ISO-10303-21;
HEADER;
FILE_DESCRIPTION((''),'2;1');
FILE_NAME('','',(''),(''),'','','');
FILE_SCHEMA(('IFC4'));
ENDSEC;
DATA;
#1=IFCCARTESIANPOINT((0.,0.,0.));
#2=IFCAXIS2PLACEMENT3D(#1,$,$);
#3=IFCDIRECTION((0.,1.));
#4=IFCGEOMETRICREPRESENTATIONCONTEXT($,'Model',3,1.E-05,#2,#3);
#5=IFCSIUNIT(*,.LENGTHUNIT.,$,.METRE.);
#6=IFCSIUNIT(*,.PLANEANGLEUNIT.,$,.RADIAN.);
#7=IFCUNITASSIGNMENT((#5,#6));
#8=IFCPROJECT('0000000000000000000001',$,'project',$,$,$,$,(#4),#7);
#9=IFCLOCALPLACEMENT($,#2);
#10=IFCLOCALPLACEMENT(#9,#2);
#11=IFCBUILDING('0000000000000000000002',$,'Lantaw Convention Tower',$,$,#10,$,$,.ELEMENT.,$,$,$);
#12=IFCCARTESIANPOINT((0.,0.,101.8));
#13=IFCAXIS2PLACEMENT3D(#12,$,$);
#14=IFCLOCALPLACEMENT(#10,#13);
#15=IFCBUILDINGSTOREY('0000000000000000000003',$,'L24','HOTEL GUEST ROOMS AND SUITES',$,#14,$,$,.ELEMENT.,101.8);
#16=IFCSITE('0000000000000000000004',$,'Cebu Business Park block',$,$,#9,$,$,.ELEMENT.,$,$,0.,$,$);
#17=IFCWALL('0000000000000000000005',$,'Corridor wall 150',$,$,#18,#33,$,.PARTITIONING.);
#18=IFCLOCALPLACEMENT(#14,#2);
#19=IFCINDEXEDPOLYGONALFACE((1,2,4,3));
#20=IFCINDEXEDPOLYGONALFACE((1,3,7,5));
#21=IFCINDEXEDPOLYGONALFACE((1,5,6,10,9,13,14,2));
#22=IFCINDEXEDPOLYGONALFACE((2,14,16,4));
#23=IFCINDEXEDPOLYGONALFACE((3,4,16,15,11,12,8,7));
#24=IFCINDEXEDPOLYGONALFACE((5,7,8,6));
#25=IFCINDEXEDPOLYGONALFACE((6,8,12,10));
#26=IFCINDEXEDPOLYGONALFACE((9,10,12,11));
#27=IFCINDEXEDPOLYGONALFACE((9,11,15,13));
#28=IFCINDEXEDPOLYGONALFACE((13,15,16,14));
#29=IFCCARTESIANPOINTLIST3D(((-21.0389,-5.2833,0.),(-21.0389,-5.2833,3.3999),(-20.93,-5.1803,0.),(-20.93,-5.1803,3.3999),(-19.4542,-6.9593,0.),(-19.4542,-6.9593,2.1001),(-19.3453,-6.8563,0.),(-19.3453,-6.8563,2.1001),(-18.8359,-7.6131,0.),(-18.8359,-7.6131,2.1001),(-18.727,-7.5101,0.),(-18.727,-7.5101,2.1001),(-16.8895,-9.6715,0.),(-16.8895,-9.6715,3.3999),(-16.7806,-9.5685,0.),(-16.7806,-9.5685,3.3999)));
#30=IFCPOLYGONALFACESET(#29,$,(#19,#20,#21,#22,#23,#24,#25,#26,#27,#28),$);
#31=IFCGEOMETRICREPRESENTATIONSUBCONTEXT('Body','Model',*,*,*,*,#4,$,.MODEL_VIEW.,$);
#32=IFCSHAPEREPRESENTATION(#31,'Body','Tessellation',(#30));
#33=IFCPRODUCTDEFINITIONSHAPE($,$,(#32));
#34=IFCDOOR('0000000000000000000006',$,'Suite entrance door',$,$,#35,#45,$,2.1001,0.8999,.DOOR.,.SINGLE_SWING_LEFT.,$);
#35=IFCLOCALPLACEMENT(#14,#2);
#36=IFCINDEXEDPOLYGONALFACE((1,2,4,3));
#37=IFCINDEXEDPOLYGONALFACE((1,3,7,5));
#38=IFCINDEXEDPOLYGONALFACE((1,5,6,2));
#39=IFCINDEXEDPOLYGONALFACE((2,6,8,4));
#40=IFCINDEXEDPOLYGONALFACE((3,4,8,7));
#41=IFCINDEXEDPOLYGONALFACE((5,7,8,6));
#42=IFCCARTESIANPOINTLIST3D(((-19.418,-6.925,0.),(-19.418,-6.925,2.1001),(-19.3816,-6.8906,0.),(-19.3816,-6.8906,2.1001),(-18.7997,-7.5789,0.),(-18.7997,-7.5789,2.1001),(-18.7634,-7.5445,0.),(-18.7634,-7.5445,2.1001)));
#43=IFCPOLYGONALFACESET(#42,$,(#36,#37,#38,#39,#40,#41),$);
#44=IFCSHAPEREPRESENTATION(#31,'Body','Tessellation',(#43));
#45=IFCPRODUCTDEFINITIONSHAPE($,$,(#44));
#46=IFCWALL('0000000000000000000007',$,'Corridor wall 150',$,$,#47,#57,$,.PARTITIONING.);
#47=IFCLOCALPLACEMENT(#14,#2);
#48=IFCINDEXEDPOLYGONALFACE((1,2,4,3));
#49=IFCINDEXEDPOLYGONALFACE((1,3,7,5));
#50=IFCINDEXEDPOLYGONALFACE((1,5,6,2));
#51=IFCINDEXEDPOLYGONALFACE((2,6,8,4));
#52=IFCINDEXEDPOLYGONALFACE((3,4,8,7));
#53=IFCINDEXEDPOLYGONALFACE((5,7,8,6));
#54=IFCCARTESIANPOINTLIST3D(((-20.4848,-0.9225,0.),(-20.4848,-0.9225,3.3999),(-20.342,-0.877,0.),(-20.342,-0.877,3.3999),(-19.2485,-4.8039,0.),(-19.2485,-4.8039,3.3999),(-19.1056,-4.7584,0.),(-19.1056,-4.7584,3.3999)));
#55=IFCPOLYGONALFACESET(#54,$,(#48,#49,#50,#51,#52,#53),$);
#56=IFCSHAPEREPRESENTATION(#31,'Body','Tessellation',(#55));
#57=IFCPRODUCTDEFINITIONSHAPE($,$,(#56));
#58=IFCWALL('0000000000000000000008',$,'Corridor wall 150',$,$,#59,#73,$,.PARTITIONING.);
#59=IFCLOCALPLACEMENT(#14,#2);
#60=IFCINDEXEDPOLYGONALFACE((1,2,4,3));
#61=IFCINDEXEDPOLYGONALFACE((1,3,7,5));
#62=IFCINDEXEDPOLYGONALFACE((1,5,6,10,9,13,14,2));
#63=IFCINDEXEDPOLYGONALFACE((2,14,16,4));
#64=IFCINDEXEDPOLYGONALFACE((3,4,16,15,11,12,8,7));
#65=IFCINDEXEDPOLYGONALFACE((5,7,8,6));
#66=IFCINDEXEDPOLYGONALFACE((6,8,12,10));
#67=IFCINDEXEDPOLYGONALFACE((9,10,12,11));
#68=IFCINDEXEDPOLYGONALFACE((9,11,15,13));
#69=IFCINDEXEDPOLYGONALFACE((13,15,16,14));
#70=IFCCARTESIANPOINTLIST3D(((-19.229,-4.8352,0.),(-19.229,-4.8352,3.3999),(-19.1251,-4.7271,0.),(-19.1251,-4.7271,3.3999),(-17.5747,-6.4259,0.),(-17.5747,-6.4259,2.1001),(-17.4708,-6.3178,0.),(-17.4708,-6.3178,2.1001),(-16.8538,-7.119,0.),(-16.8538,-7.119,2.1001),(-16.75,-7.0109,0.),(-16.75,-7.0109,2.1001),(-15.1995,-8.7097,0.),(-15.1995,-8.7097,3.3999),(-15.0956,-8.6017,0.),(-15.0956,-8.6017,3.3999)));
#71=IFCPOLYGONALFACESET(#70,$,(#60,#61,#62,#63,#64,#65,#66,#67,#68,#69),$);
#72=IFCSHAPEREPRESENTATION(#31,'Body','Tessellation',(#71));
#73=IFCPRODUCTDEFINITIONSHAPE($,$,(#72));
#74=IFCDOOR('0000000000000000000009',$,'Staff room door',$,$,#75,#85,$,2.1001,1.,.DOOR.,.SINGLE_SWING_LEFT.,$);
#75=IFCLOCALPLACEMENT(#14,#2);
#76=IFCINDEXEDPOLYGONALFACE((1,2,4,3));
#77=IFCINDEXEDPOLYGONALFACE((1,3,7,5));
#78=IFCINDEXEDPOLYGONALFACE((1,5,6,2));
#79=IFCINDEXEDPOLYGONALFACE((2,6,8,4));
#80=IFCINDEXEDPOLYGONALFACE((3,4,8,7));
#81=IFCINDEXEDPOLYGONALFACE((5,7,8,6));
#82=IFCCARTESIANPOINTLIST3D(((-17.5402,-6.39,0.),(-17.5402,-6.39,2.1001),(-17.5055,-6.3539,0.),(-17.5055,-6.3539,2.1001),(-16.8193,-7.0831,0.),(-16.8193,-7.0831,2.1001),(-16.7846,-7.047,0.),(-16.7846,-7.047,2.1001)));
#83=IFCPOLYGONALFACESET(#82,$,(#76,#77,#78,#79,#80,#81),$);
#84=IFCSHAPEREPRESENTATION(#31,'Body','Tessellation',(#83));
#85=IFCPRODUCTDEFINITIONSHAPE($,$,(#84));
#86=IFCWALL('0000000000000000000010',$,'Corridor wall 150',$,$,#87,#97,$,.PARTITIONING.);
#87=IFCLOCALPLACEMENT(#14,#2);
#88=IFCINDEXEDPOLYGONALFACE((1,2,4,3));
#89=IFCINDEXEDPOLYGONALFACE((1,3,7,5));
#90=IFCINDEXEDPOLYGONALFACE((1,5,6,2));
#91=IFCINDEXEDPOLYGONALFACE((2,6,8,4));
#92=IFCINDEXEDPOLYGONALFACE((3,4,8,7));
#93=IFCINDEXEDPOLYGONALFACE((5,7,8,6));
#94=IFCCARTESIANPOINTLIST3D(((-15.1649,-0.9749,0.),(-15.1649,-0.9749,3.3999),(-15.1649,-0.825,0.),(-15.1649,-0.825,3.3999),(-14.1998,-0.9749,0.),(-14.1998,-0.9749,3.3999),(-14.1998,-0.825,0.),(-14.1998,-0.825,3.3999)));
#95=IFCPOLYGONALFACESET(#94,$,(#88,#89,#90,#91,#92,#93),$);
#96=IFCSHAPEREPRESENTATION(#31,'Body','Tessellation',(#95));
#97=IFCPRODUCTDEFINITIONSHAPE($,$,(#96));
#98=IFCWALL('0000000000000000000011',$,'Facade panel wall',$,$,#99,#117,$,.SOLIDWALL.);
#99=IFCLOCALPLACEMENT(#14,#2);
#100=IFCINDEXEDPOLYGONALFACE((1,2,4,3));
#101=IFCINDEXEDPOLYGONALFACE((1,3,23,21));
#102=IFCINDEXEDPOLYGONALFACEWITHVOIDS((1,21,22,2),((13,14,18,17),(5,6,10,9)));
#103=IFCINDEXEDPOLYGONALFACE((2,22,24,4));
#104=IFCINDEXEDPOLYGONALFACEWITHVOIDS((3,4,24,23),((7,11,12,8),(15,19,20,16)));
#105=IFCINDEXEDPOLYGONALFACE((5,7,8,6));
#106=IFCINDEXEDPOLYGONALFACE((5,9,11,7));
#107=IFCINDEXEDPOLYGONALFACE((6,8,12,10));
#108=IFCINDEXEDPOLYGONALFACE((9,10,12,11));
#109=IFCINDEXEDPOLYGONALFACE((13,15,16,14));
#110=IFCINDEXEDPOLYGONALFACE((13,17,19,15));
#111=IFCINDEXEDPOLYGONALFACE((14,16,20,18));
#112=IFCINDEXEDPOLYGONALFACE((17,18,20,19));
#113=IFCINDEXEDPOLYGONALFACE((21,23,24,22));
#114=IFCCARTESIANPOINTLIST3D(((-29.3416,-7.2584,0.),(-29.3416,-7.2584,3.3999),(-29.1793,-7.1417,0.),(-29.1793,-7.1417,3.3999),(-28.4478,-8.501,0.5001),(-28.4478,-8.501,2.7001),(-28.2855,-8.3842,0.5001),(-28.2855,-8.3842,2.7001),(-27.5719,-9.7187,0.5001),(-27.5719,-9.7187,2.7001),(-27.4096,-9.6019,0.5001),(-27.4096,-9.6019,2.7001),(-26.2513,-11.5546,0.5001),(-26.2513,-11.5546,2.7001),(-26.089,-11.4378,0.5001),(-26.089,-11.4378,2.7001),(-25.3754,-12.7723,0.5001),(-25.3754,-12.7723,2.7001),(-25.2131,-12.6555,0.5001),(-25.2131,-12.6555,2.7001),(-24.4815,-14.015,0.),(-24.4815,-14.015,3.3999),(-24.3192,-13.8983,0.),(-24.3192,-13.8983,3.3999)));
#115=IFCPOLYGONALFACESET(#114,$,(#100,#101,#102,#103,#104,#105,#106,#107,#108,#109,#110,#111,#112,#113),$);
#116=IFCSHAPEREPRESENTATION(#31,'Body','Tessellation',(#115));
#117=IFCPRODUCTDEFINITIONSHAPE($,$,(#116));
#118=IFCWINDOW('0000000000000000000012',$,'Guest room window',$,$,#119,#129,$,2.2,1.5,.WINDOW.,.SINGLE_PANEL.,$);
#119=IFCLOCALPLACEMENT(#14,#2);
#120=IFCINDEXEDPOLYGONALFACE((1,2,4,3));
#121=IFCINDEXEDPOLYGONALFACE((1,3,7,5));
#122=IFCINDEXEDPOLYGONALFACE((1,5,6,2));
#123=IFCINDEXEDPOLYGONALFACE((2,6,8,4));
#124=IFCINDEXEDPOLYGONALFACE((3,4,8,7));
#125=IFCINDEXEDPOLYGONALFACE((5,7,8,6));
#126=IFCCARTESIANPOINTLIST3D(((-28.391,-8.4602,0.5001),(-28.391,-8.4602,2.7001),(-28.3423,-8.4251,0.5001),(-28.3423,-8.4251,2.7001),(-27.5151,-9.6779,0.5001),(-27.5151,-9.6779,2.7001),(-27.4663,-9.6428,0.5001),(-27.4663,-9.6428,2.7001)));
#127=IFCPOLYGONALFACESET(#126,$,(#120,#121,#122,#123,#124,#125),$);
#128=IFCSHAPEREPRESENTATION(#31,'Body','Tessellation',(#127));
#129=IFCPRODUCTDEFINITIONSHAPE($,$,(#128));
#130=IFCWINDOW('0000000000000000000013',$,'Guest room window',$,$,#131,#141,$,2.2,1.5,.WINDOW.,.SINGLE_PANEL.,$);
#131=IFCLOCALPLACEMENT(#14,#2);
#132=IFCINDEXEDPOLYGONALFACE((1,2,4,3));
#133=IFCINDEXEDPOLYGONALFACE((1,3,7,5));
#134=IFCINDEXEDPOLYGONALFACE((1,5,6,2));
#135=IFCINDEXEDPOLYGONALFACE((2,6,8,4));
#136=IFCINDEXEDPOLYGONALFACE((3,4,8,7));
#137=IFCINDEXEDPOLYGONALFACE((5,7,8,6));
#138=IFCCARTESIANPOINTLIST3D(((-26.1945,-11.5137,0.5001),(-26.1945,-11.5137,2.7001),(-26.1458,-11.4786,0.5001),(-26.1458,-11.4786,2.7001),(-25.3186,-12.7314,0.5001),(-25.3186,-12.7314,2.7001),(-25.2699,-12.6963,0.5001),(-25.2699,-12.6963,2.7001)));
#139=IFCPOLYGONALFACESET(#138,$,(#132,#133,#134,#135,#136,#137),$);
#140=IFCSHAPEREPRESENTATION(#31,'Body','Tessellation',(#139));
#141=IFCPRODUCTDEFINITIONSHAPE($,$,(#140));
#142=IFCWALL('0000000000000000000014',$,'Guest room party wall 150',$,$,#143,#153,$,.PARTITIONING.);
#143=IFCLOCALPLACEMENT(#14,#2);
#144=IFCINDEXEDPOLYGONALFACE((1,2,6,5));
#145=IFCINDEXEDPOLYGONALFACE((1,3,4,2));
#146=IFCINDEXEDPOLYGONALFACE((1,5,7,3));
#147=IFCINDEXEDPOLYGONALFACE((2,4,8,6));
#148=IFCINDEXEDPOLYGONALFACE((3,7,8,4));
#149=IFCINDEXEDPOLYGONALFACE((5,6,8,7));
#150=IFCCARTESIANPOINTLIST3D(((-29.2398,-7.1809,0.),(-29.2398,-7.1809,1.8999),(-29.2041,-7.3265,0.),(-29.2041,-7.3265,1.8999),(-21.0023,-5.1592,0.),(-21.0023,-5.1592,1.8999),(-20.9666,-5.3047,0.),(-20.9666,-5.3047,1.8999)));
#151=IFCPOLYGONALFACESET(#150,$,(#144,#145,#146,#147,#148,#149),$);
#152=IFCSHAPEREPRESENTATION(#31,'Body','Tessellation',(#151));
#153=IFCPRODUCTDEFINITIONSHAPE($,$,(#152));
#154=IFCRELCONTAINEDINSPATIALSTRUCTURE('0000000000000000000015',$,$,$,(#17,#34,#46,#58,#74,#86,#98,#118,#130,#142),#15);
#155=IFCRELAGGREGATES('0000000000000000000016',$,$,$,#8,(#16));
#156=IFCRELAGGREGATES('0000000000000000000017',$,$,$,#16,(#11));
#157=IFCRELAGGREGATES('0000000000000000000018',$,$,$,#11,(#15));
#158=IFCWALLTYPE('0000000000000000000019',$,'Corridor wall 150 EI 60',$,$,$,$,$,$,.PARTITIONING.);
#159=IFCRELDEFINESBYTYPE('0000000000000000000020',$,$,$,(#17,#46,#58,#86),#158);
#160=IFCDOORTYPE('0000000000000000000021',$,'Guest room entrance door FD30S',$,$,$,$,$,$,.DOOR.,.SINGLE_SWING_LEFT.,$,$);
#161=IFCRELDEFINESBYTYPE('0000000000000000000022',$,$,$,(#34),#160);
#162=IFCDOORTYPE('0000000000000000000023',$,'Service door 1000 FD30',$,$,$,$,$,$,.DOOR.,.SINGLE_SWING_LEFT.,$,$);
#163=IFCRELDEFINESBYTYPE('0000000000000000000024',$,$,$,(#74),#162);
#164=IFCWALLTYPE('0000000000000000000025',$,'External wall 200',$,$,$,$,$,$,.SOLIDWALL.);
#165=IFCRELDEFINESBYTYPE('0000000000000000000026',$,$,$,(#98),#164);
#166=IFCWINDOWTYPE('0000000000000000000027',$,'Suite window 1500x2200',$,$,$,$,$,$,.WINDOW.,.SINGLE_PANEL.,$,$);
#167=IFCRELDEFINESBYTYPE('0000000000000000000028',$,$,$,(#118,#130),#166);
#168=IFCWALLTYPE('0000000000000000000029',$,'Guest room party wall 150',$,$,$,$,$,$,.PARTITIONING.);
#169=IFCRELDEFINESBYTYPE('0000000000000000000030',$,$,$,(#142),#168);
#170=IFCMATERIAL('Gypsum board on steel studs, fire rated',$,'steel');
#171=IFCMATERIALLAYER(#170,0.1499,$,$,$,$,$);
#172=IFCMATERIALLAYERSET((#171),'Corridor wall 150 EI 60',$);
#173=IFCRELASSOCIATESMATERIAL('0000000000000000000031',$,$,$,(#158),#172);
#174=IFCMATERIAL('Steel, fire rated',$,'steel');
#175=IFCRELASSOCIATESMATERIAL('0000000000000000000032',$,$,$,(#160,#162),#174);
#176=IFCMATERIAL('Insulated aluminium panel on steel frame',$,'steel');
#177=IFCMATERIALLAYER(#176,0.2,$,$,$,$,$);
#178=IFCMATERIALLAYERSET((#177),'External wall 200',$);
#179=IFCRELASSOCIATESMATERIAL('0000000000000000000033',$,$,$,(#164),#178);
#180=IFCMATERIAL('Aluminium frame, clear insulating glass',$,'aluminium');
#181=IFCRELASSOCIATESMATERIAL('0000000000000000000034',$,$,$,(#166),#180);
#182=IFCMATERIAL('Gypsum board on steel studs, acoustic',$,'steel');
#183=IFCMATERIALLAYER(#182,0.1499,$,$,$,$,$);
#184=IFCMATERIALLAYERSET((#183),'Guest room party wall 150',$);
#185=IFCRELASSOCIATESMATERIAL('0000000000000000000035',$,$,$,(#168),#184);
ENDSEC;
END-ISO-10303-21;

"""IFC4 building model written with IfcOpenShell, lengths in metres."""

from ifc_helpers import new_model, si_unit, direction, frame, frame_2d, origin, place, context, subcontext, project, spatial, rectangle, extrude, material, layer, layer_set, type_object, element, fill, save


model = new_model("IFC4")

# Units and contexts
model_context = context("Model", 3, precision=1e-05, world=origin(), true_north=direction((0.0, 1.0)))
body_context = subcontext(model_context, "Body", "Model", "MODEL_VIEW")
ifc_project = project(units=[si_unit("LENGTHUNIT", "METRE"), si_unit("PLANEANGLEUNIT", "RADIAN")], contexts=[model_context])

# Site, building, storey
site_placement = place(None, origin())
site = spatial("IfcSite", under=ifc_project, at=site_placement, Name="Cebu Business Park block", CompositionType="ELEMENT", RefElevation=0.0)
building_placement = place(site_placement, origin())
building = spatial("IfcBuilding", under=site, at=building_placement, Name="Lantaw Convention Tower", CompositionType="ELEMENT")
storey_placement = place(building_placement, frame((0.0, 0.0, 101.8)))
storey = spatial("IfcBuildingStorey", under=building, at=storey_placement, Name="L24", Description="HOTEL GUEST ROOMS AND SUITES", CompositionType="ELEMENT", Elevation=101.8)

# Wall, opening, door
ifc_material_1 = material(Name="Gypsum board on steel studs, fire rated", Category="steel")
ifc_layer_1 = layer(ifc_material_1, 0.1499)
ifc_layer_set_1 = layer_set([ifc_layer_1], Name="Corridor wall 150 EI 60")
wall_type_1 = type_object("IfcWallType", Name="Corridor wall 150 EI 60", PredefinedType="PARTITIONING", material=ifc_layer_set_1)
ifc_material_2 = material(Name="Steel, fire rated", Category="steel")
door_type_1 = type_object("IfcDoorType", Name="Guest room entrance door FD30S", OperationType="SINGLE_SWING_LEFT", PredefinedType="DOOR", material=ifc_material_2)
wall_1_placement = place(storey_placement, frame((-20.9844, -5.2319, 0.0), z_axis=(0.0, 0.0, 1.0), x_axis=(0.687063, -0.726598, 0.0)))
wall_1 = element("IfcWall", 1, at=wall_1_placement, inside=storey, type_object=wall_type_1, Name="Corridor wall 150", PredefinedType="PARTITIONING", context=body_context, shape_type="SweptSolid", body=[
    extrude(rectangle(XDim=6.0393, YDim=0.1499, at=frame_2d((3.0195, 0.0))), origin(), (0.0, 0.0, 1.0), 3.3999),
])
opening_1_placement = place(wall_1_placement, frame((2.3064, 0.0, 0.0)))
opening_1 = element("IfcOpeningElement", 2, at=opening_1_placement, cuts=wall_1, PredefinedType="OPENING", context=body_context, shape_type="SweptSolid", body=[
    extrude(rectangle(XDim=0.8999, YDim=2.1001, at=frame_2d((0.45, 1.05))), frame((0.0, 0.085, 0.0), z_axis=(0.0, -1.0, 0.0), x_axis=(1.0, 0.0, 0.0)), (0.0, 0.0, 1.0), 0.1699),
])
door_1_placement = place(opening_1_placement, origin())
door_1 = element("IfcDoor", 3, at=door_1_placement, inside=storey, type_object=door_type_1, Name="Suite entrance door", OperationType="SINGLE_SWING_LEFT", OverallHeight=2.1001, OverallWidth=0.8999, PredefinedType="DOOR", context=body_context, shape_type="SweptSolid", body=[
    extrude(rectangle(XDim=0.8999, YDim=2.1001, at=frame_2d((0.45, 1.05))), frame((0.0, 0.0249, 0.0), z_axis=(0.0, -1.0, 0.0), x_axis=(1.0, 0.0, 0.0)), (0.0, 0.0, 1.0), 0.05),
])
fill(opening_1, door_1)

# Wall
wall_2_placement = place(storey_placement, frame((-20.4133, -0.8999, 0.0), z_axis=(0.0, 0.0, 1.0), x_axis=(0.303505, -0.95283, 0.0)))
element("IfcWall", 4, at=wall_2_placement, inside=storey, type_object=wall_type_1, Name="Corridor wall 150", PredefinedType="PARTITIONING", context=body_context, shape_type="SweptSolid", body=[
    extrude(rectangle(XDim=4.0735, YDim=0.1499, at=frame_2d((2.0366, 0.0))), origin(), (0.0, 0.0, 1.0), 3.3999),
])

# Wall, opening, door
wall_3_placement = place(storey_placement, frame((-19.177, -4.7812, 0.0), z_axis=(0.0, 0.0, 1.0), x_axis=(0.720837, -0.693104, 0.0)))
wall_3 = element("IfcWall", 5, at=wall_3_placement, inside=storey, type_object=wall_type_1, Name="Corridor wall 150", PredefinedType="PARTITIONING", context=body_context, shape_type="SweptSolid", body=[
    extrude(rectangle(XDim=5.5901, YDim=0.1499, at=frame_2d((2.7949, 0.0))), origin(), (0.0, 0.0, 1.0), 3.3999),
])
opening_2_placement = place(wall_3_placement, frame((2.2949, 0.0, 0.0)))
opening_2 = element("IfcOpeningElement", 6, at=opening_2_placement, cuts=wall_3, PredefinedType="OPENING", context=body_context, shape_type="SweptSolid", body=[
    extrude(rectangle(XDim=1.0, YDim=2.1001, at=frame_2d((0.5, 1.05))), frame((0.0, 0.085, 0.0), z_axis=(0.0, -1.0, 0.0), x_axis=(1.0, 0.0, 0.0)), (0.0, 0.0, 1.0), 0.1699),
])
door_type_2 = type_object("IfcDoorType", Name="Service door 1000 FD30", OperationType="SINGLE_SWING_LEFT", PredefinedType="DOOR", material=ifc_material_2)
door_2_placement = place(opening_2_placement, origin())
door_2 = element("IfcDoor", 7, at=door_2_placement, inside=storey, type_object=door_type_2, Name="Staff room door", OperationType="SINGLE_SWING_LEFT", OverallHeight=2.1001, OverallWidth=1.0, PredefinedType="DOOR", context=body_context, shape_type="SweptSolid", body=[
    extrude(rectangle(XDim=1.0, YDim=2.1001, at=frame_2d((0.5, 1.05))), frame((0.0, 0.0249, 0.0), z_axis=(0.0, -1.0, 0.0), x_axis=(1.0, 0.0, 0.0)), (0.0, 0.0, 1.0), 0.05),
])
fill(opening_2, door_2)

# Wall
wall_4_placement = place(storey_placement, frame((-14.2, -0.8999, 0.0), z_axis=(0.0, 0.0, 1.0), x_axis=(-1.0, 0.0, 0.0)))
element("IfcWall", 8, at=wall_4_placement, inside=storey, type_object=wall_type_1, Name="Corridor wall 150", PredefinedType="PARTITIONING", context=body_context, shape_type="SweptSolid", body=[
    extrude(rectangle(XDim=0.9651, YDim=0.1499, at=frame_2d((0.4824, 0.0))), origin(), (0.0, 0.0, 1.0), 3.3999),
])

# Wall, openings, windows
ifc_material_3 = material(Name="Insulated aluminium panel on steel frame", Category="steel")
ifc_layer_2 = layer(ifc_material_3, 0.2)
ifc_layer_set_2 = layer_set([ifc_layer_2], Name="External wall 200")
wall_type_2 = type_object("IfcWallType", Name="External wall 200", PredefinedType="SOLIDWALL", material=ifc_layer_set_2)
wall_5_placement = place(storey_placement, frame((-29.2605, -7.2, 0.0), z_axis=(0.0, 0.0, 1.0), x_axis=(0.583938, -0.811799, 0.0)))
wall_5 = element("IfcWall", 9, at=wall_5_placement, inside=storey, type_object=wall_type_2, Name="Facade panel wall", PredefinedType="SOLIDWALL", context=body_context, shape_type="SweptSolid", body=[
    extrude(rectangle(XDim=8.323, YDim=0.2, at=frame_2d((4.1616, 0.0))), origin(), (0.0, 0.0, 1.0), 3.3999),
])
opening_3_placement = place(wall_5_placement, frame((1.5308, 0.0, 0.5)))
opening_3 = element("IfcOpeningElement", 10, at=opening_3_placement, cuts=wall_5, PredefinedType="OPENING", context=body_context, shape_type="SweptSolid", body=[
    extrude(rectangle(XDim=1.5, YDim=2.2, at=frame_2d((0.75, 1.1001))), frame((0.0, 0.1099, 0.0), z_axis=(0.0, -1.0, 0.0), x_axis=(1.0, 0.0, 0.0)), (0.0, 0.0, 1.0), 0.22),
])
opening_4_placement = place(wall_5_placement, frame((5.2922, 0.0, 0.5)))
opening_4 = element("IfcOpeningElement", 11, at=opening_4_placement, cuts=wall_5, PredefinedType="OPENING", context=body_context, shape_type="SweptSolid", body=[
    extrude(rectangle(XDim=1.5, YDim=2.2, at=frame_2d((0.75, 1.1001))), frame((0.0, 0.1099, 0.0), z_axis=(0.0, -1.0, 0.0), x_axis=(1.0, 0.0, 0.0)), (0.0, 0.0, 1.0), 0.22),
])
ifc_material_4 = material(Name="Aluminium frame, clear insulating glass", Category="aluminium")
window_type = type_object("IfcWindowType", Name="Suite window 1500x2200", PartitioningType="SINGLE_PANEL", PredefinedType="WINDOW", material=ifc_material_4)
window_1_placement = place(opening_3_placement, origin())
window_1 = element("IfcWindow", 12, at=window_1_placement, inside=storey, type_object=window_type, Name="Guest room window", OverallHeight=2.2, OverallWidth=1.5, PartitioningType="SINGLE_PANEL", PredefinedType="WINDOW", context=body_context, shape_type="SweptSolid", body=[
    extrude(rectangle(XDim=1.5, YDim=2.2, at=frame_2d((0.75, 1.1001))), frame((0.0, 0.03, 0.0), z_axis=(0.0, -1.0, 0.0), x_axis=(1.0, 0.0, 0.0)), (0.0, 0.0, 1.0), 0.0601),
])
fill(opening_3, window_1)
window_2_placement = place(opening_4_placement, origin())
window_2 = element("IfcWindow", 13, at=window_2_placement, inside=storey, type_object=window_type, Name="Guest room window", OverallHeight=2.2, OverallWidth=1.5, PartitioningType="SINGLE_PANEL", PredefinedType="WINDOW", context=body_context, shape_type="SweptSolid", body=[
    extrude(rectangle(XDim=1.5, YDim=2.2, at=frame_2d((0.75, 1.1001))), frame((0.0, 0.03, 0.0), z_axis=(0.0, -1.0, 0.0), x_axis=(1.0, 0.0, 0.0)), (0.0, 0.0, 1.0), 0.0601),
])
fill(opening_4, window_2)

# Wall
ifc_material_5 = material(Name="Gypsum board on steel studs, acoustic", Category="steel")
ifc_layer_3 = layer(ifc_material_5, 0.1499)
ifc_layer_set_3 = layer_set([ifc_layer_3], Name="Guest room party wall 150")
wall_type_3 = type_object("IfcWallType", Name="Guest room party wall 150", PredefinedType="PARTITIONING", material=ifc_layer_set_3)
wall_6_placement = place(storey_placement, frame((-29.2219, -7.2537, 0.0), z_axis=(0.0, 0.0, 1.0), x_axis=(0.971178, 0.238355, 0.0)))
element("IfcWall", 14, at=wall_6_placement, inside=storey, type_object=wall_type_3, Name="Guest room party wall 150", PredefinedType="PARTITIONING", context=body_context, shape_type="SweptSolid", body=[
    extrude(rectangle(XDim=8.4819, YDim=0.1499, at=frame_2d((4.241, 0.0))), origin(), (0.0, 0.0, 1.0), 1.8999),
])

save(model, "model.ifc")
